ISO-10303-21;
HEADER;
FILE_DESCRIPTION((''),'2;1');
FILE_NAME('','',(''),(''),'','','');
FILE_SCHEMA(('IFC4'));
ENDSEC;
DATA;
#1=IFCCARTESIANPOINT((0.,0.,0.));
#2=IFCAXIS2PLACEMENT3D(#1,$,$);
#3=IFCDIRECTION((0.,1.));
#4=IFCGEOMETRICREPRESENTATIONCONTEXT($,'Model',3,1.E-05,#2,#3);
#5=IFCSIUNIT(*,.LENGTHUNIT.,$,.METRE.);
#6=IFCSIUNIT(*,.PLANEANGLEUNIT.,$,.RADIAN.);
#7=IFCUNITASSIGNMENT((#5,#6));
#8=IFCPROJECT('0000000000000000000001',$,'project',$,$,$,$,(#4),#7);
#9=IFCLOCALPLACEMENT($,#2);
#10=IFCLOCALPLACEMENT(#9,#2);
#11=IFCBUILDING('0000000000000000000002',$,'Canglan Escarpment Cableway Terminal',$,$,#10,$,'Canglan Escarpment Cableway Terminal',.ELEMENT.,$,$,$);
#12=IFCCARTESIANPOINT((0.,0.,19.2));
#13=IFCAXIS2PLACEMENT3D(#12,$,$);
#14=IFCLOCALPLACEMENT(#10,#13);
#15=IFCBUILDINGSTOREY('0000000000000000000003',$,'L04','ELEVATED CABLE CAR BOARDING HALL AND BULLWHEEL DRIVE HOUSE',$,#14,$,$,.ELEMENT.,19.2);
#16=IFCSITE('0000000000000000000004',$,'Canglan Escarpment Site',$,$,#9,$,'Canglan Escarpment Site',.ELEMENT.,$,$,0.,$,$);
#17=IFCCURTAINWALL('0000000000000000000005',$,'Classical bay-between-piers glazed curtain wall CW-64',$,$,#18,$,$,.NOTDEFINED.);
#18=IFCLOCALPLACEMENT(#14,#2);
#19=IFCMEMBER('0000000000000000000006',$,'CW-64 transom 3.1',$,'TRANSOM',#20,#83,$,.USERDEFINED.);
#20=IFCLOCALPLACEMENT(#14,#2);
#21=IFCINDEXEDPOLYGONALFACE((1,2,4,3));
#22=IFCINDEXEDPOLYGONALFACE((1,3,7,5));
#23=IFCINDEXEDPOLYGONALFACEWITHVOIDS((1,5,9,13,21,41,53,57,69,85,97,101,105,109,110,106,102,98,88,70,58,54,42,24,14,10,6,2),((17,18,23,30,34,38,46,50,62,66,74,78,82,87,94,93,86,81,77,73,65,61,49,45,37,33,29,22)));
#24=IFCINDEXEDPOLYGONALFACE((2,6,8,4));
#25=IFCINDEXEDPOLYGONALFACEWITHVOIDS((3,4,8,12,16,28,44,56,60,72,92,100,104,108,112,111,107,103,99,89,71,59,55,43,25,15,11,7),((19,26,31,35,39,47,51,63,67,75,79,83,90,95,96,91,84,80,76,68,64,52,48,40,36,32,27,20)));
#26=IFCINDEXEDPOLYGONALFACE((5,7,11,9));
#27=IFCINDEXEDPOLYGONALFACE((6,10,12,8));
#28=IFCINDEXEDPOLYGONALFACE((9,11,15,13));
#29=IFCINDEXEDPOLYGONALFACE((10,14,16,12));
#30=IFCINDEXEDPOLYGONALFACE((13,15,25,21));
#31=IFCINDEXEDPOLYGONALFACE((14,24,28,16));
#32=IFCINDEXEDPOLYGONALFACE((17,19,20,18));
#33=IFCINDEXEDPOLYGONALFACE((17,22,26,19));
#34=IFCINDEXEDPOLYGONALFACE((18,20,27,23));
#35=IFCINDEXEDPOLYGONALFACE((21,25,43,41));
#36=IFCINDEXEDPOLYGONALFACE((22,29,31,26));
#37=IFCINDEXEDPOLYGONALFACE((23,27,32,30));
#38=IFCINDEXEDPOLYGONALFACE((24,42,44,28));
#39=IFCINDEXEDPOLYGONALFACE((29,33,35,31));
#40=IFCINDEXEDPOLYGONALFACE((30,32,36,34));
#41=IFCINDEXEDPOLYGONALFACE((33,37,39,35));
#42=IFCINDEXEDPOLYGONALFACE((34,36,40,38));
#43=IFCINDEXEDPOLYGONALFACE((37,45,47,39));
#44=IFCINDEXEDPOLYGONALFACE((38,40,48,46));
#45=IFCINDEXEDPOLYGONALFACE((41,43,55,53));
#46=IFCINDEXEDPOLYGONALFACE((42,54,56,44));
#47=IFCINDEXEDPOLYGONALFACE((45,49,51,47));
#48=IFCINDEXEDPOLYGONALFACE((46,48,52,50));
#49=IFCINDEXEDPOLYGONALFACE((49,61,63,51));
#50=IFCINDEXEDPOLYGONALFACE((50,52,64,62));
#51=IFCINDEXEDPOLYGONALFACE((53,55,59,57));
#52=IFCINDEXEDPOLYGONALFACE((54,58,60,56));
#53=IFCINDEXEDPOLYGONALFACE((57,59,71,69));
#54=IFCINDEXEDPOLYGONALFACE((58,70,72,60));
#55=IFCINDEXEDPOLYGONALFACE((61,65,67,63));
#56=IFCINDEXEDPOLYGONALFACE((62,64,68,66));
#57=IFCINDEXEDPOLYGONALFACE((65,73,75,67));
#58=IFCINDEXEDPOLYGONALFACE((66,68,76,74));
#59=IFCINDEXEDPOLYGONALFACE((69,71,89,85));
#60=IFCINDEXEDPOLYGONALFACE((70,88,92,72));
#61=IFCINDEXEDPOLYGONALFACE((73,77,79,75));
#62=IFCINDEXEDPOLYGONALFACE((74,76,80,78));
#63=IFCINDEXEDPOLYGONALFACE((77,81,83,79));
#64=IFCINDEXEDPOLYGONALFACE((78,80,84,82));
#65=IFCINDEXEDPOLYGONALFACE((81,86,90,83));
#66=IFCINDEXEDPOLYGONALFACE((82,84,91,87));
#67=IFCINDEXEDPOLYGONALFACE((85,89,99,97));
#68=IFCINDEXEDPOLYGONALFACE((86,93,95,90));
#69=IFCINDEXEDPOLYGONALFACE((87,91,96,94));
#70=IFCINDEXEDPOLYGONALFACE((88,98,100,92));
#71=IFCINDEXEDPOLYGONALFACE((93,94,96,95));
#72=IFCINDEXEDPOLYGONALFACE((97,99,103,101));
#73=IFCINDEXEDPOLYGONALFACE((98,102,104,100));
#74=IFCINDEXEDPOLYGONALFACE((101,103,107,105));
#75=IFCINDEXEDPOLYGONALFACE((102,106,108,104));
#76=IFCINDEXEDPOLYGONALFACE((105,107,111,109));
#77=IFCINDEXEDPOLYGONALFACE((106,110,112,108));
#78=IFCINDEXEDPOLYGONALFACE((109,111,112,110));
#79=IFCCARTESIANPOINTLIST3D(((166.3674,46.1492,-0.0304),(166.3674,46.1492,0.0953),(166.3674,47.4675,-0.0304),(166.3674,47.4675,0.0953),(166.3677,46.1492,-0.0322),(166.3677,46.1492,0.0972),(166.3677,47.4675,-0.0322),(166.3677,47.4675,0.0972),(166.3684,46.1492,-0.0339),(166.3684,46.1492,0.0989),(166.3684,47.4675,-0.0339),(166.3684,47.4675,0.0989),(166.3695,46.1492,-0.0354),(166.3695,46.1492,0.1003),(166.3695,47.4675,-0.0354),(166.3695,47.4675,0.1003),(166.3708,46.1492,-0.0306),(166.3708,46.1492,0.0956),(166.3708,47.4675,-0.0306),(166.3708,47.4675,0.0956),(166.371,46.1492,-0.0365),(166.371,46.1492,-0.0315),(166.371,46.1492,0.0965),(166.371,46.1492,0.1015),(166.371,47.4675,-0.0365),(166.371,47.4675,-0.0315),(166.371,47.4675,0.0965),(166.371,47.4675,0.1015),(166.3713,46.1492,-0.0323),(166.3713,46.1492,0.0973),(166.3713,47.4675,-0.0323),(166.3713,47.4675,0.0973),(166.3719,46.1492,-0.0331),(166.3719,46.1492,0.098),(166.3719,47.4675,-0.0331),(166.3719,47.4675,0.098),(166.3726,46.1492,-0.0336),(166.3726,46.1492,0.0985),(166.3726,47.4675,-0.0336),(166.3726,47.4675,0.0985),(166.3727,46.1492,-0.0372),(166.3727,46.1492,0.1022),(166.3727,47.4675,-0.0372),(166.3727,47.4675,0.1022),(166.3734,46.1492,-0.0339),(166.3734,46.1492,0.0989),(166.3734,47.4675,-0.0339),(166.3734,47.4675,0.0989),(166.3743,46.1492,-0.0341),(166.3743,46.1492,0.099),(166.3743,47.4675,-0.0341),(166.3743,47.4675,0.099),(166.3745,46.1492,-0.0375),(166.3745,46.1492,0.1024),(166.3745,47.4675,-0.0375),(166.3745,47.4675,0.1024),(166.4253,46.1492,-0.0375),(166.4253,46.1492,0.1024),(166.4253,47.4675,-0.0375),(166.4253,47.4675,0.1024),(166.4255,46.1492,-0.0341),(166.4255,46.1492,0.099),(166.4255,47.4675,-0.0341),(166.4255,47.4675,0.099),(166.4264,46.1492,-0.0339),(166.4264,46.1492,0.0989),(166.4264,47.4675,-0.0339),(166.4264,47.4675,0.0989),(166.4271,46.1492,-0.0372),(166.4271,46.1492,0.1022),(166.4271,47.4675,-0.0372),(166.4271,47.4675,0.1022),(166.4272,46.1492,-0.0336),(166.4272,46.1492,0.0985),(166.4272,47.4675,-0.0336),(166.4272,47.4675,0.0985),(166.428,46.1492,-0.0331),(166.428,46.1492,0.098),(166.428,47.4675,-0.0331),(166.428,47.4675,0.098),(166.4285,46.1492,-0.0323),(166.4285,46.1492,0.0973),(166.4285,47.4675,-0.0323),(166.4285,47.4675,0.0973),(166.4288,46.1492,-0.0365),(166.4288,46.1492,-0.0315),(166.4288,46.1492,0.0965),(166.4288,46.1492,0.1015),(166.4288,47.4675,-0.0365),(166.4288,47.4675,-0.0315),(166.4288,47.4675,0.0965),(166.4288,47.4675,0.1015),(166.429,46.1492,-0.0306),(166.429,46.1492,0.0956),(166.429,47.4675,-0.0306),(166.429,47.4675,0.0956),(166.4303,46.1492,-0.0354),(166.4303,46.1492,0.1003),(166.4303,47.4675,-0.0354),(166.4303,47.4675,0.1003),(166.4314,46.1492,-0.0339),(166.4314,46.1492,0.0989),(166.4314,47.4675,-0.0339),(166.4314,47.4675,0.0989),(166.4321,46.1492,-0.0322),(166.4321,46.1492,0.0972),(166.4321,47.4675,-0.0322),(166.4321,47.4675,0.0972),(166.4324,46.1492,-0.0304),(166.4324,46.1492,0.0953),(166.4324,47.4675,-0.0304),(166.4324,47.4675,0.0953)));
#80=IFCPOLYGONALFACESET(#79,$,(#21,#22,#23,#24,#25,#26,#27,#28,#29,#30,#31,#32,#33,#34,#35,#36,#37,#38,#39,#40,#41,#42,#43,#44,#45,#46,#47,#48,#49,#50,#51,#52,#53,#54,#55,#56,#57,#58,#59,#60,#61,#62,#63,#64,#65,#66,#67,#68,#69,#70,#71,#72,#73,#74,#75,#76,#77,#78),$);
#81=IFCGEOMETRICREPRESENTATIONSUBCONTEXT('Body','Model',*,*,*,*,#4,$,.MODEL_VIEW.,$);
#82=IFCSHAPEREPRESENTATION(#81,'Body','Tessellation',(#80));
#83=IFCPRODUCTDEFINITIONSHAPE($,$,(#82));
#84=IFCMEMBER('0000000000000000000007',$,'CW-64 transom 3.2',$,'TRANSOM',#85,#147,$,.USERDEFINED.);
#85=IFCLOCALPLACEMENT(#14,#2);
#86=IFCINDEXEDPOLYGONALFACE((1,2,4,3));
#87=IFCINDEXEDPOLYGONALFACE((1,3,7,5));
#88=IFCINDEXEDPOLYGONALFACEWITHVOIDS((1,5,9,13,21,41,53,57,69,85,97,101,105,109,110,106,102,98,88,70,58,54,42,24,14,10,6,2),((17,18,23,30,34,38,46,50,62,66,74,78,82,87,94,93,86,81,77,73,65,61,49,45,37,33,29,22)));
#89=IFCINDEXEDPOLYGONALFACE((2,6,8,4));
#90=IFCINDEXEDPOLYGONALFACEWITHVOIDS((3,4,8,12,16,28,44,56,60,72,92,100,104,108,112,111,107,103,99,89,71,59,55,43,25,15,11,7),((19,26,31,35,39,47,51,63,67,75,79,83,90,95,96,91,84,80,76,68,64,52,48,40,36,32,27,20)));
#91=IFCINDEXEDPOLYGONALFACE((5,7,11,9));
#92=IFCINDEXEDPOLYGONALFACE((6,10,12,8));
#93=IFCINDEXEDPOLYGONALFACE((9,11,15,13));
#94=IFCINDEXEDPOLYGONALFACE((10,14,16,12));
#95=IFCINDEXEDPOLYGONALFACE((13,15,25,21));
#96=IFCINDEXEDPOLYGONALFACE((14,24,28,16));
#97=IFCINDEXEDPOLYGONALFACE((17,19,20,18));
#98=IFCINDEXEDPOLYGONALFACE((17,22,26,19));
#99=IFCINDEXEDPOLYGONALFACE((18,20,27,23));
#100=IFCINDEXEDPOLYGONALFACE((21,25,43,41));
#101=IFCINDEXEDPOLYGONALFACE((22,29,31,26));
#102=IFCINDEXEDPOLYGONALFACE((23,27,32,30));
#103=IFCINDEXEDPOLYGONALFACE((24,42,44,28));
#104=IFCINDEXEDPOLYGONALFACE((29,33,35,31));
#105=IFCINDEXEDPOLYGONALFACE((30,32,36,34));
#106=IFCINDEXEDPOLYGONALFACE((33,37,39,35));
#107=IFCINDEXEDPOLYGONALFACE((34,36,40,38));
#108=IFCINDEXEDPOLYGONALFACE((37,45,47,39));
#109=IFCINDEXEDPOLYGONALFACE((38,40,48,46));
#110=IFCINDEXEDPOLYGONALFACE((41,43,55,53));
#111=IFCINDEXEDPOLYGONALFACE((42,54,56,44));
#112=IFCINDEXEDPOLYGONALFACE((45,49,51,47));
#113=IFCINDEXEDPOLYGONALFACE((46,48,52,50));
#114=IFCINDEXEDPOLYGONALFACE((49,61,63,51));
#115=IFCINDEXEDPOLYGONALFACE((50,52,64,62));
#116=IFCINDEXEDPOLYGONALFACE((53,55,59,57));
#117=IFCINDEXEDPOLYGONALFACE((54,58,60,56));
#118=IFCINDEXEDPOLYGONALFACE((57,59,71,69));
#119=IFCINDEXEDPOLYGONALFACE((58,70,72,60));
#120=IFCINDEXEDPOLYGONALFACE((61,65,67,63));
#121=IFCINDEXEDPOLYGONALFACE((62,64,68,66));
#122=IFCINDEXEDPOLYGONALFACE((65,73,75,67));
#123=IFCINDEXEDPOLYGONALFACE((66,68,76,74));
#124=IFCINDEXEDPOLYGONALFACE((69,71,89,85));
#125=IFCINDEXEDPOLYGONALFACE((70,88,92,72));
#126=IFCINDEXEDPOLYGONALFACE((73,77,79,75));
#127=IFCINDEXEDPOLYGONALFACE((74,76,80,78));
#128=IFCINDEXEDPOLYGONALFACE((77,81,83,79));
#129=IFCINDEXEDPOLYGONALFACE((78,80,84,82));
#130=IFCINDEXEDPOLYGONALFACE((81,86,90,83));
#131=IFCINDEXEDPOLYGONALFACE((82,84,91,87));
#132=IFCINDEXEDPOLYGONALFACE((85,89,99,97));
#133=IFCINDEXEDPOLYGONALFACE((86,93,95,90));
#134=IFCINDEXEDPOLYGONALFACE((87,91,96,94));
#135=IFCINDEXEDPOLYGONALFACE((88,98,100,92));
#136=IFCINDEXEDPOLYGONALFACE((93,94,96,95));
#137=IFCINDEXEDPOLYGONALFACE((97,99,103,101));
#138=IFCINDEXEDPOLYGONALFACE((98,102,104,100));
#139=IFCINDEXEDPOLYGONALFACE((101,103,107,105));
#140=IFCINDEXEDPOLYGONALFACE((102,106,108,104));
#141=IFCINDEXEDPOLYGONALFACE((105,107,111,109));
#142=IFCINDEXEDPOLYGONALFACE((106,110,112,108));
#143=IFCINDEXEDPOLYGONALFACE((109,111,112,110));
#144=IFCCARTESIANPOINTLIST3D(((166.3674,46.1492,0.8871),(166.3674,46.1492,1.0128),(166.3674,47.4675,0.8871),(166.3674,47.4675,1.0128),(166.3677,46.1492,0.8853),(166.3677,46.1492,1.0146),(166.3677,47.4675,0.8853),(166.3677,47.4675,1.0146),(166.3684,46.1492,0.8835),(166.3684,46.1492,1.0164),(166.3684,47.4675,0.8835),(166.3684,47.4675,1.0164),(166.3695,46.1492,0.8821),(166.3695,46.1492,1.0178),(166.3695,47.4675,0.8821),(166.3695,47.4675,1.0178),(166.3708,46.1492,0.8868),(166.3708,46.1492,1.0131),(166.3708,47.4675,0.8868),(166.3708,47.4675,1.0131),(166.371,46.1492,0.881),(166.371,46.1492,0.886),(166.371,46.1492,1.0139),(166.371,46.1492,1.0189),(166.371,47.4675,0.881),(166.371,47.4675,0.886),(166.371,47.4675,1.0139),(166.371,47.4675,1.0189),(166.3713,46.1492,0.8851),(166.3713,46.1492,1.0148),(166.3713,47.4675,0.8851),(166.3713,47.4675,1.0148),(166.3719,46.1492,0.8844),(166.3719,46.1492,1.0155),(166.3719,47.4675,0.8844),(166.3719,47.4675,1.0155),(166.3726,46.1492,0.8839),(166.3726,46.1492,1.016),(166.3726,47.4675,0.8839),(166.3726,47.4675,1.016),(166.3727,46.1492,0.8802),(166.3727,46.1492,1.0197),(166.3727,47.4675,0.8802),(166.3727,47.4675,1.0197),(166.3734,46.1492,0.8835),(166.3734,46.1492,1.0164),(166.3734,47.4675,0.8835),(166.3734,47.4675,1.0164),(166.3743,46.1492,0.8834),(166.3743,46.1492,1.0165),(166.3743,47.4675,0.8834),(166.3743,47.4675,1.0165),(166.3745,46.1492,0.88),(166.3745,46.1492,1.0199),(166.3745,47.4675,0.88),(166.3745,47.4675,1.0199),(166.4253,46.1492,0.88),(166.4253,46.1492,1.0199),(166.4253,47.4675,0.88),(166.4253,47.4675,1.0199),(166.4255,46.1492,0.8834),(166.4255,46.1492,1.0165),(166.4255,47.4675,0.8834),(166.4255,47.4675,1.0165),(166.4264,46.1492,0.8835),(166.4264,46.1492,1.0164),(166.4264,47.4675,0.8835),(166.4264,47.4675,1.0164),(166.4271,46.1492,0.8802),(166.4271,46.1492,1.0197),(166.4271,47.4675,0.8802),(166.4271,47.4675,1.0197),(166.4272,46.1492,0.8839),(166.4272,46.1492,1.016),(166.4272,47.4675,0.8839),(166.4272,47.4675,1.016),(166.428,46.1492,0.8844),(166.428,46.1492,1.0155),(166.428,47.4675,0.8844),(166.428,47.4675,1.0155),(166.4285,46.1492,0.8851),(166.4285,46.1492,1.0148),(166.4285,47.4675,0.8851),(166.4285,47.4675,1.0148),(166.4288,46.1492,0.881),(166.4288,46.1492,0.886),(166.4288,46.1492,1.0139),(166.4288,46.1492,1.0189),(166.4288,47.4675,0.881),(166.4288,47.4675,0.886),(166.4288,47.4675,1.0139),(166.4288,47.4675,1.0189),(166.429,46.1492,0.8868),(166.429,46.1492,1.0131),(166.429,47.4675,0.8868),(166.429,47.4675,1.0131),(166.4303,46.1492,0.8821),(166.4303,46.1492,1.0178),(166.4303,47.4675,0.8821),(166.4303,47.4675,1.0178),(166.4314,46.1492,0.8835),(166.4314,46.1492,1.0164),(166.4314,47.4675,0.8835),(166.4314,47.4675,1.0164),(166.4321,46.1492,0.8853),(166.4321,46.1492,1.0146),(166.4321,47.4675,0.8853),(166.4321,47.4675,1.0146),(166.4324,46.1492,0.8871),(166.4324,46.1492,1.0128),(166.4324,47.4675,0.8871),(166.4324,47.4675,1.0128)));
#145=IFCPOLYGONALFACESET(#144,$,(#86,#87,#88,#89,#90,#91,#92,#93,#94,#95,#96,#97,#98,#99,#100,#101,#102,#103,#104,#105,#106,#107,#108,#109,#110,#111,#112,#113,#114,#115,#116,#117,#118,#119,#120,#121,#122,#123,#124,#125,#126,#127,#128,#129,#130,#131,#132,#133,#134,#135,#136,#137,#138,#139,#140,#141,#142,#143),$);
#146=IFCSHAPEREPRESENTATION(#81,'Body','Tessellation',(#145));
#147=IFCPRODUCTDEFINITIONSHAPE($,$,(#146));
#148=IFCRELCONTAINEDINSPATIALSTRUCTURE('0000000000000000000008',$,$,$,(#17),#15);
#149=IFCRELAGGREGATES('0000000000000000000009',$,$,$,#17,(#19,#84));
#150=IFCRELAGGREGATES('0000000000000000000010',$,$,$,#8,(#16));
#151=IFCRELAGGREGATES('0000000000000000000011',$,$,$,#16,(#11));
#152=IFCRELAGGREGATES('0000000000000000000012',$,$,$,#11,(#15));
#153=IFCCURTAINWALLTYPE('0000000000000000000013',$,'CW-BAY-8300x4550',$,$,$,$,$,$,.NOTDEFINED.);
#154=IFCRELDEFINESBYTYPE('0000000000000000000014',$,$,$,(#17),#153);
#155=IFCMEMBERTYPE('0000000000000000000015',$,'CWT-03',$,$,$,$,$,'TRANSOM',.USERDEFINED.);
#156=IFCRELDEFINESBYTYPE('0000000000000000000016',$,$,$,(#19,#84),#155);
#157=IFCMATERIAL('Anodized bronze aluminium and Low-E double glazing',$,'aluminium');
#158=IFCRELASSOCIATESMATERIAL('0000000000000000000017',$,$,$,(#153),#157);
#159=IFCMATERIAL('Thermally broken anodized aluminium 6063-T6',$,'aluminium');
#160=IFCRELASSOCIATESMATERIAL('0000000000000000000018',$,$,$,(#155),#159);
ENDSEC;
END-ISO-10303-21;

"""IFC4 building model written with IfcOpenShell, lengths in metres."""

from ifc_helpers import new_model, si_unit, direction, frame, origin, origin_2d, place, context, subcontext, project, spatial, hollow_rectangle, extrude, material, material_profile, profile_set, type_object, element, aggregate, save


model = new_model("IFC4")

# Units and contexts
model_context = context("Model", 3, precision=1e-05, world=origin(), true_north=direction((0.0, 1.0)))
body_context = subcontext(model_context, "Body", "Model", "MODEL_VIEW")
ifc_project = project(units=[si_unit("LENGTHUNIT", "METRE"), si_unit("PLANEANGLEUNIT", "RADIAN")], contexts=[model_context])

# Site, building, storey
site_placement = place(None, origin())
site = spatial("IfcSite", under=ifc_project, at=site_placement, Name="Canglan Escarpment Site", LongName="Canglan Escarpment Site", CompositionType="ELEMENT", RefElevation=0.0)
building_placement = place(site_placement, origin())
building = spatial("IfcBuilding", under=site, at=building_placement, Name="Canglan Escarpment Cableway Terminal", LongName="Canglan Escarpment Cableway Terminal", CompositionType="ELEMENT")
storey_placement = place(building_placement, frame((0.0, 0.0, 19.2)))
storey = spatial("IfcBuildingStorey", under=building, at=storey_placement, Name="L04", Description="ELEVATED CABLE CAR BOARDING HALL AND BULLWHEEL DRIVE HOUSE", CompositionType="ELEMENT", Elevation=19.2)

# Curtain wall, members
ifc_material_1 = material(Name="Anodized bronze aluminium and Low-E double glazing", Category="aluminium")
curtain_wall_type = type_object("IfcCurtainWallType", Name="CW-BAY-8300x4550", PredefinedType="NOTDEFINED", material=ifc_material_1)
curtain_wall_placement = place(storey_placement, origin())
curtain_wall = element("IfcCurtainWall", 1, at=curtain_wall_placement, inside=storey, type_object=curtain_wall_type, Name="Classical bay-between-piers glazed curtain wall CW-64", PredefinedType="NOTDEFINED")
ifc_material_2 = material(Name="Thermally broken anodized aluminium 6063-T6", Category="aluminium")
ifc_material_profile_1 = material_profile(ifc_material_2, hollow_rectangle(XDim=0.0649, YDim=0.1399, WallThickness=0.0034, InnerFilletRadius=0.0034, OuterFilletRadius=0.0071, at=origin_2d()), Name="ALU-TRAN 65x140x3.5")
ifc_profile_set_1 = profile_set([ifc_material_profile_1], Name="Thermally broken anodized aluminium 6063-T6")
member_type_1 = type_object("IfcMemberType", Name="CWT-03", ElementType="TRANSOM", PredefinedType="USERDEFINED", material=ifc_profile_set_1)
member_1_placement = place(storey_placement, frame((166.3999, 46.1492, 0.0325), z_axis=(0.0, 1.0, 0.0), x_axis=(-1.0, 0.0, 0.0)))
member_1 = element("IfcMember", 2, at=member_1_placement, type_object=member_type_1, Name="CW-64 transom 3.1", ObjectType="TRANSOM", PredefinedType="USERDEFINED", context=body_context, shape_type="SweptSolid", body=[
    extrude(hollow_rectangle(XDim=0.0649, YDim=0.1399, WallThickness=0.0034, InnerFilletRadius=0.0034, OuterFilletRadius=0.0071, at=origin_2d()), origin(), (0.0, 0.0, 1.0), 1.3184),
])
member_2_placement = place(storey_placement, frame((166.3999, 46.1492, 0.95), z_axis=(0.0, 1.0, 0.0), x_axis=(-1.0, 0.0, 0.0)))
member_2 = element("IfcMember", 3, at=member_2_placement, type_object=member_type_1, Name="CW-64 transom 3.2", ObjectType="TRANSOM", PredefinedType="USERDEFINED", context=body_context, shape_type="SweptSolid", body=[
    extrude(hollow_rectangle(XDim=0.0649, YDim=0.1399, WallThickness=0.0034, InnerFilletRadius=0.0034, OuterFilletRadius=0.0071, at=origin_2d()), origin(), (0.0, 0.0, 1.0), 1.3184),
])
aggregate(curtain_wall, [member_1, member_2])

save(model, "model.ifc")
